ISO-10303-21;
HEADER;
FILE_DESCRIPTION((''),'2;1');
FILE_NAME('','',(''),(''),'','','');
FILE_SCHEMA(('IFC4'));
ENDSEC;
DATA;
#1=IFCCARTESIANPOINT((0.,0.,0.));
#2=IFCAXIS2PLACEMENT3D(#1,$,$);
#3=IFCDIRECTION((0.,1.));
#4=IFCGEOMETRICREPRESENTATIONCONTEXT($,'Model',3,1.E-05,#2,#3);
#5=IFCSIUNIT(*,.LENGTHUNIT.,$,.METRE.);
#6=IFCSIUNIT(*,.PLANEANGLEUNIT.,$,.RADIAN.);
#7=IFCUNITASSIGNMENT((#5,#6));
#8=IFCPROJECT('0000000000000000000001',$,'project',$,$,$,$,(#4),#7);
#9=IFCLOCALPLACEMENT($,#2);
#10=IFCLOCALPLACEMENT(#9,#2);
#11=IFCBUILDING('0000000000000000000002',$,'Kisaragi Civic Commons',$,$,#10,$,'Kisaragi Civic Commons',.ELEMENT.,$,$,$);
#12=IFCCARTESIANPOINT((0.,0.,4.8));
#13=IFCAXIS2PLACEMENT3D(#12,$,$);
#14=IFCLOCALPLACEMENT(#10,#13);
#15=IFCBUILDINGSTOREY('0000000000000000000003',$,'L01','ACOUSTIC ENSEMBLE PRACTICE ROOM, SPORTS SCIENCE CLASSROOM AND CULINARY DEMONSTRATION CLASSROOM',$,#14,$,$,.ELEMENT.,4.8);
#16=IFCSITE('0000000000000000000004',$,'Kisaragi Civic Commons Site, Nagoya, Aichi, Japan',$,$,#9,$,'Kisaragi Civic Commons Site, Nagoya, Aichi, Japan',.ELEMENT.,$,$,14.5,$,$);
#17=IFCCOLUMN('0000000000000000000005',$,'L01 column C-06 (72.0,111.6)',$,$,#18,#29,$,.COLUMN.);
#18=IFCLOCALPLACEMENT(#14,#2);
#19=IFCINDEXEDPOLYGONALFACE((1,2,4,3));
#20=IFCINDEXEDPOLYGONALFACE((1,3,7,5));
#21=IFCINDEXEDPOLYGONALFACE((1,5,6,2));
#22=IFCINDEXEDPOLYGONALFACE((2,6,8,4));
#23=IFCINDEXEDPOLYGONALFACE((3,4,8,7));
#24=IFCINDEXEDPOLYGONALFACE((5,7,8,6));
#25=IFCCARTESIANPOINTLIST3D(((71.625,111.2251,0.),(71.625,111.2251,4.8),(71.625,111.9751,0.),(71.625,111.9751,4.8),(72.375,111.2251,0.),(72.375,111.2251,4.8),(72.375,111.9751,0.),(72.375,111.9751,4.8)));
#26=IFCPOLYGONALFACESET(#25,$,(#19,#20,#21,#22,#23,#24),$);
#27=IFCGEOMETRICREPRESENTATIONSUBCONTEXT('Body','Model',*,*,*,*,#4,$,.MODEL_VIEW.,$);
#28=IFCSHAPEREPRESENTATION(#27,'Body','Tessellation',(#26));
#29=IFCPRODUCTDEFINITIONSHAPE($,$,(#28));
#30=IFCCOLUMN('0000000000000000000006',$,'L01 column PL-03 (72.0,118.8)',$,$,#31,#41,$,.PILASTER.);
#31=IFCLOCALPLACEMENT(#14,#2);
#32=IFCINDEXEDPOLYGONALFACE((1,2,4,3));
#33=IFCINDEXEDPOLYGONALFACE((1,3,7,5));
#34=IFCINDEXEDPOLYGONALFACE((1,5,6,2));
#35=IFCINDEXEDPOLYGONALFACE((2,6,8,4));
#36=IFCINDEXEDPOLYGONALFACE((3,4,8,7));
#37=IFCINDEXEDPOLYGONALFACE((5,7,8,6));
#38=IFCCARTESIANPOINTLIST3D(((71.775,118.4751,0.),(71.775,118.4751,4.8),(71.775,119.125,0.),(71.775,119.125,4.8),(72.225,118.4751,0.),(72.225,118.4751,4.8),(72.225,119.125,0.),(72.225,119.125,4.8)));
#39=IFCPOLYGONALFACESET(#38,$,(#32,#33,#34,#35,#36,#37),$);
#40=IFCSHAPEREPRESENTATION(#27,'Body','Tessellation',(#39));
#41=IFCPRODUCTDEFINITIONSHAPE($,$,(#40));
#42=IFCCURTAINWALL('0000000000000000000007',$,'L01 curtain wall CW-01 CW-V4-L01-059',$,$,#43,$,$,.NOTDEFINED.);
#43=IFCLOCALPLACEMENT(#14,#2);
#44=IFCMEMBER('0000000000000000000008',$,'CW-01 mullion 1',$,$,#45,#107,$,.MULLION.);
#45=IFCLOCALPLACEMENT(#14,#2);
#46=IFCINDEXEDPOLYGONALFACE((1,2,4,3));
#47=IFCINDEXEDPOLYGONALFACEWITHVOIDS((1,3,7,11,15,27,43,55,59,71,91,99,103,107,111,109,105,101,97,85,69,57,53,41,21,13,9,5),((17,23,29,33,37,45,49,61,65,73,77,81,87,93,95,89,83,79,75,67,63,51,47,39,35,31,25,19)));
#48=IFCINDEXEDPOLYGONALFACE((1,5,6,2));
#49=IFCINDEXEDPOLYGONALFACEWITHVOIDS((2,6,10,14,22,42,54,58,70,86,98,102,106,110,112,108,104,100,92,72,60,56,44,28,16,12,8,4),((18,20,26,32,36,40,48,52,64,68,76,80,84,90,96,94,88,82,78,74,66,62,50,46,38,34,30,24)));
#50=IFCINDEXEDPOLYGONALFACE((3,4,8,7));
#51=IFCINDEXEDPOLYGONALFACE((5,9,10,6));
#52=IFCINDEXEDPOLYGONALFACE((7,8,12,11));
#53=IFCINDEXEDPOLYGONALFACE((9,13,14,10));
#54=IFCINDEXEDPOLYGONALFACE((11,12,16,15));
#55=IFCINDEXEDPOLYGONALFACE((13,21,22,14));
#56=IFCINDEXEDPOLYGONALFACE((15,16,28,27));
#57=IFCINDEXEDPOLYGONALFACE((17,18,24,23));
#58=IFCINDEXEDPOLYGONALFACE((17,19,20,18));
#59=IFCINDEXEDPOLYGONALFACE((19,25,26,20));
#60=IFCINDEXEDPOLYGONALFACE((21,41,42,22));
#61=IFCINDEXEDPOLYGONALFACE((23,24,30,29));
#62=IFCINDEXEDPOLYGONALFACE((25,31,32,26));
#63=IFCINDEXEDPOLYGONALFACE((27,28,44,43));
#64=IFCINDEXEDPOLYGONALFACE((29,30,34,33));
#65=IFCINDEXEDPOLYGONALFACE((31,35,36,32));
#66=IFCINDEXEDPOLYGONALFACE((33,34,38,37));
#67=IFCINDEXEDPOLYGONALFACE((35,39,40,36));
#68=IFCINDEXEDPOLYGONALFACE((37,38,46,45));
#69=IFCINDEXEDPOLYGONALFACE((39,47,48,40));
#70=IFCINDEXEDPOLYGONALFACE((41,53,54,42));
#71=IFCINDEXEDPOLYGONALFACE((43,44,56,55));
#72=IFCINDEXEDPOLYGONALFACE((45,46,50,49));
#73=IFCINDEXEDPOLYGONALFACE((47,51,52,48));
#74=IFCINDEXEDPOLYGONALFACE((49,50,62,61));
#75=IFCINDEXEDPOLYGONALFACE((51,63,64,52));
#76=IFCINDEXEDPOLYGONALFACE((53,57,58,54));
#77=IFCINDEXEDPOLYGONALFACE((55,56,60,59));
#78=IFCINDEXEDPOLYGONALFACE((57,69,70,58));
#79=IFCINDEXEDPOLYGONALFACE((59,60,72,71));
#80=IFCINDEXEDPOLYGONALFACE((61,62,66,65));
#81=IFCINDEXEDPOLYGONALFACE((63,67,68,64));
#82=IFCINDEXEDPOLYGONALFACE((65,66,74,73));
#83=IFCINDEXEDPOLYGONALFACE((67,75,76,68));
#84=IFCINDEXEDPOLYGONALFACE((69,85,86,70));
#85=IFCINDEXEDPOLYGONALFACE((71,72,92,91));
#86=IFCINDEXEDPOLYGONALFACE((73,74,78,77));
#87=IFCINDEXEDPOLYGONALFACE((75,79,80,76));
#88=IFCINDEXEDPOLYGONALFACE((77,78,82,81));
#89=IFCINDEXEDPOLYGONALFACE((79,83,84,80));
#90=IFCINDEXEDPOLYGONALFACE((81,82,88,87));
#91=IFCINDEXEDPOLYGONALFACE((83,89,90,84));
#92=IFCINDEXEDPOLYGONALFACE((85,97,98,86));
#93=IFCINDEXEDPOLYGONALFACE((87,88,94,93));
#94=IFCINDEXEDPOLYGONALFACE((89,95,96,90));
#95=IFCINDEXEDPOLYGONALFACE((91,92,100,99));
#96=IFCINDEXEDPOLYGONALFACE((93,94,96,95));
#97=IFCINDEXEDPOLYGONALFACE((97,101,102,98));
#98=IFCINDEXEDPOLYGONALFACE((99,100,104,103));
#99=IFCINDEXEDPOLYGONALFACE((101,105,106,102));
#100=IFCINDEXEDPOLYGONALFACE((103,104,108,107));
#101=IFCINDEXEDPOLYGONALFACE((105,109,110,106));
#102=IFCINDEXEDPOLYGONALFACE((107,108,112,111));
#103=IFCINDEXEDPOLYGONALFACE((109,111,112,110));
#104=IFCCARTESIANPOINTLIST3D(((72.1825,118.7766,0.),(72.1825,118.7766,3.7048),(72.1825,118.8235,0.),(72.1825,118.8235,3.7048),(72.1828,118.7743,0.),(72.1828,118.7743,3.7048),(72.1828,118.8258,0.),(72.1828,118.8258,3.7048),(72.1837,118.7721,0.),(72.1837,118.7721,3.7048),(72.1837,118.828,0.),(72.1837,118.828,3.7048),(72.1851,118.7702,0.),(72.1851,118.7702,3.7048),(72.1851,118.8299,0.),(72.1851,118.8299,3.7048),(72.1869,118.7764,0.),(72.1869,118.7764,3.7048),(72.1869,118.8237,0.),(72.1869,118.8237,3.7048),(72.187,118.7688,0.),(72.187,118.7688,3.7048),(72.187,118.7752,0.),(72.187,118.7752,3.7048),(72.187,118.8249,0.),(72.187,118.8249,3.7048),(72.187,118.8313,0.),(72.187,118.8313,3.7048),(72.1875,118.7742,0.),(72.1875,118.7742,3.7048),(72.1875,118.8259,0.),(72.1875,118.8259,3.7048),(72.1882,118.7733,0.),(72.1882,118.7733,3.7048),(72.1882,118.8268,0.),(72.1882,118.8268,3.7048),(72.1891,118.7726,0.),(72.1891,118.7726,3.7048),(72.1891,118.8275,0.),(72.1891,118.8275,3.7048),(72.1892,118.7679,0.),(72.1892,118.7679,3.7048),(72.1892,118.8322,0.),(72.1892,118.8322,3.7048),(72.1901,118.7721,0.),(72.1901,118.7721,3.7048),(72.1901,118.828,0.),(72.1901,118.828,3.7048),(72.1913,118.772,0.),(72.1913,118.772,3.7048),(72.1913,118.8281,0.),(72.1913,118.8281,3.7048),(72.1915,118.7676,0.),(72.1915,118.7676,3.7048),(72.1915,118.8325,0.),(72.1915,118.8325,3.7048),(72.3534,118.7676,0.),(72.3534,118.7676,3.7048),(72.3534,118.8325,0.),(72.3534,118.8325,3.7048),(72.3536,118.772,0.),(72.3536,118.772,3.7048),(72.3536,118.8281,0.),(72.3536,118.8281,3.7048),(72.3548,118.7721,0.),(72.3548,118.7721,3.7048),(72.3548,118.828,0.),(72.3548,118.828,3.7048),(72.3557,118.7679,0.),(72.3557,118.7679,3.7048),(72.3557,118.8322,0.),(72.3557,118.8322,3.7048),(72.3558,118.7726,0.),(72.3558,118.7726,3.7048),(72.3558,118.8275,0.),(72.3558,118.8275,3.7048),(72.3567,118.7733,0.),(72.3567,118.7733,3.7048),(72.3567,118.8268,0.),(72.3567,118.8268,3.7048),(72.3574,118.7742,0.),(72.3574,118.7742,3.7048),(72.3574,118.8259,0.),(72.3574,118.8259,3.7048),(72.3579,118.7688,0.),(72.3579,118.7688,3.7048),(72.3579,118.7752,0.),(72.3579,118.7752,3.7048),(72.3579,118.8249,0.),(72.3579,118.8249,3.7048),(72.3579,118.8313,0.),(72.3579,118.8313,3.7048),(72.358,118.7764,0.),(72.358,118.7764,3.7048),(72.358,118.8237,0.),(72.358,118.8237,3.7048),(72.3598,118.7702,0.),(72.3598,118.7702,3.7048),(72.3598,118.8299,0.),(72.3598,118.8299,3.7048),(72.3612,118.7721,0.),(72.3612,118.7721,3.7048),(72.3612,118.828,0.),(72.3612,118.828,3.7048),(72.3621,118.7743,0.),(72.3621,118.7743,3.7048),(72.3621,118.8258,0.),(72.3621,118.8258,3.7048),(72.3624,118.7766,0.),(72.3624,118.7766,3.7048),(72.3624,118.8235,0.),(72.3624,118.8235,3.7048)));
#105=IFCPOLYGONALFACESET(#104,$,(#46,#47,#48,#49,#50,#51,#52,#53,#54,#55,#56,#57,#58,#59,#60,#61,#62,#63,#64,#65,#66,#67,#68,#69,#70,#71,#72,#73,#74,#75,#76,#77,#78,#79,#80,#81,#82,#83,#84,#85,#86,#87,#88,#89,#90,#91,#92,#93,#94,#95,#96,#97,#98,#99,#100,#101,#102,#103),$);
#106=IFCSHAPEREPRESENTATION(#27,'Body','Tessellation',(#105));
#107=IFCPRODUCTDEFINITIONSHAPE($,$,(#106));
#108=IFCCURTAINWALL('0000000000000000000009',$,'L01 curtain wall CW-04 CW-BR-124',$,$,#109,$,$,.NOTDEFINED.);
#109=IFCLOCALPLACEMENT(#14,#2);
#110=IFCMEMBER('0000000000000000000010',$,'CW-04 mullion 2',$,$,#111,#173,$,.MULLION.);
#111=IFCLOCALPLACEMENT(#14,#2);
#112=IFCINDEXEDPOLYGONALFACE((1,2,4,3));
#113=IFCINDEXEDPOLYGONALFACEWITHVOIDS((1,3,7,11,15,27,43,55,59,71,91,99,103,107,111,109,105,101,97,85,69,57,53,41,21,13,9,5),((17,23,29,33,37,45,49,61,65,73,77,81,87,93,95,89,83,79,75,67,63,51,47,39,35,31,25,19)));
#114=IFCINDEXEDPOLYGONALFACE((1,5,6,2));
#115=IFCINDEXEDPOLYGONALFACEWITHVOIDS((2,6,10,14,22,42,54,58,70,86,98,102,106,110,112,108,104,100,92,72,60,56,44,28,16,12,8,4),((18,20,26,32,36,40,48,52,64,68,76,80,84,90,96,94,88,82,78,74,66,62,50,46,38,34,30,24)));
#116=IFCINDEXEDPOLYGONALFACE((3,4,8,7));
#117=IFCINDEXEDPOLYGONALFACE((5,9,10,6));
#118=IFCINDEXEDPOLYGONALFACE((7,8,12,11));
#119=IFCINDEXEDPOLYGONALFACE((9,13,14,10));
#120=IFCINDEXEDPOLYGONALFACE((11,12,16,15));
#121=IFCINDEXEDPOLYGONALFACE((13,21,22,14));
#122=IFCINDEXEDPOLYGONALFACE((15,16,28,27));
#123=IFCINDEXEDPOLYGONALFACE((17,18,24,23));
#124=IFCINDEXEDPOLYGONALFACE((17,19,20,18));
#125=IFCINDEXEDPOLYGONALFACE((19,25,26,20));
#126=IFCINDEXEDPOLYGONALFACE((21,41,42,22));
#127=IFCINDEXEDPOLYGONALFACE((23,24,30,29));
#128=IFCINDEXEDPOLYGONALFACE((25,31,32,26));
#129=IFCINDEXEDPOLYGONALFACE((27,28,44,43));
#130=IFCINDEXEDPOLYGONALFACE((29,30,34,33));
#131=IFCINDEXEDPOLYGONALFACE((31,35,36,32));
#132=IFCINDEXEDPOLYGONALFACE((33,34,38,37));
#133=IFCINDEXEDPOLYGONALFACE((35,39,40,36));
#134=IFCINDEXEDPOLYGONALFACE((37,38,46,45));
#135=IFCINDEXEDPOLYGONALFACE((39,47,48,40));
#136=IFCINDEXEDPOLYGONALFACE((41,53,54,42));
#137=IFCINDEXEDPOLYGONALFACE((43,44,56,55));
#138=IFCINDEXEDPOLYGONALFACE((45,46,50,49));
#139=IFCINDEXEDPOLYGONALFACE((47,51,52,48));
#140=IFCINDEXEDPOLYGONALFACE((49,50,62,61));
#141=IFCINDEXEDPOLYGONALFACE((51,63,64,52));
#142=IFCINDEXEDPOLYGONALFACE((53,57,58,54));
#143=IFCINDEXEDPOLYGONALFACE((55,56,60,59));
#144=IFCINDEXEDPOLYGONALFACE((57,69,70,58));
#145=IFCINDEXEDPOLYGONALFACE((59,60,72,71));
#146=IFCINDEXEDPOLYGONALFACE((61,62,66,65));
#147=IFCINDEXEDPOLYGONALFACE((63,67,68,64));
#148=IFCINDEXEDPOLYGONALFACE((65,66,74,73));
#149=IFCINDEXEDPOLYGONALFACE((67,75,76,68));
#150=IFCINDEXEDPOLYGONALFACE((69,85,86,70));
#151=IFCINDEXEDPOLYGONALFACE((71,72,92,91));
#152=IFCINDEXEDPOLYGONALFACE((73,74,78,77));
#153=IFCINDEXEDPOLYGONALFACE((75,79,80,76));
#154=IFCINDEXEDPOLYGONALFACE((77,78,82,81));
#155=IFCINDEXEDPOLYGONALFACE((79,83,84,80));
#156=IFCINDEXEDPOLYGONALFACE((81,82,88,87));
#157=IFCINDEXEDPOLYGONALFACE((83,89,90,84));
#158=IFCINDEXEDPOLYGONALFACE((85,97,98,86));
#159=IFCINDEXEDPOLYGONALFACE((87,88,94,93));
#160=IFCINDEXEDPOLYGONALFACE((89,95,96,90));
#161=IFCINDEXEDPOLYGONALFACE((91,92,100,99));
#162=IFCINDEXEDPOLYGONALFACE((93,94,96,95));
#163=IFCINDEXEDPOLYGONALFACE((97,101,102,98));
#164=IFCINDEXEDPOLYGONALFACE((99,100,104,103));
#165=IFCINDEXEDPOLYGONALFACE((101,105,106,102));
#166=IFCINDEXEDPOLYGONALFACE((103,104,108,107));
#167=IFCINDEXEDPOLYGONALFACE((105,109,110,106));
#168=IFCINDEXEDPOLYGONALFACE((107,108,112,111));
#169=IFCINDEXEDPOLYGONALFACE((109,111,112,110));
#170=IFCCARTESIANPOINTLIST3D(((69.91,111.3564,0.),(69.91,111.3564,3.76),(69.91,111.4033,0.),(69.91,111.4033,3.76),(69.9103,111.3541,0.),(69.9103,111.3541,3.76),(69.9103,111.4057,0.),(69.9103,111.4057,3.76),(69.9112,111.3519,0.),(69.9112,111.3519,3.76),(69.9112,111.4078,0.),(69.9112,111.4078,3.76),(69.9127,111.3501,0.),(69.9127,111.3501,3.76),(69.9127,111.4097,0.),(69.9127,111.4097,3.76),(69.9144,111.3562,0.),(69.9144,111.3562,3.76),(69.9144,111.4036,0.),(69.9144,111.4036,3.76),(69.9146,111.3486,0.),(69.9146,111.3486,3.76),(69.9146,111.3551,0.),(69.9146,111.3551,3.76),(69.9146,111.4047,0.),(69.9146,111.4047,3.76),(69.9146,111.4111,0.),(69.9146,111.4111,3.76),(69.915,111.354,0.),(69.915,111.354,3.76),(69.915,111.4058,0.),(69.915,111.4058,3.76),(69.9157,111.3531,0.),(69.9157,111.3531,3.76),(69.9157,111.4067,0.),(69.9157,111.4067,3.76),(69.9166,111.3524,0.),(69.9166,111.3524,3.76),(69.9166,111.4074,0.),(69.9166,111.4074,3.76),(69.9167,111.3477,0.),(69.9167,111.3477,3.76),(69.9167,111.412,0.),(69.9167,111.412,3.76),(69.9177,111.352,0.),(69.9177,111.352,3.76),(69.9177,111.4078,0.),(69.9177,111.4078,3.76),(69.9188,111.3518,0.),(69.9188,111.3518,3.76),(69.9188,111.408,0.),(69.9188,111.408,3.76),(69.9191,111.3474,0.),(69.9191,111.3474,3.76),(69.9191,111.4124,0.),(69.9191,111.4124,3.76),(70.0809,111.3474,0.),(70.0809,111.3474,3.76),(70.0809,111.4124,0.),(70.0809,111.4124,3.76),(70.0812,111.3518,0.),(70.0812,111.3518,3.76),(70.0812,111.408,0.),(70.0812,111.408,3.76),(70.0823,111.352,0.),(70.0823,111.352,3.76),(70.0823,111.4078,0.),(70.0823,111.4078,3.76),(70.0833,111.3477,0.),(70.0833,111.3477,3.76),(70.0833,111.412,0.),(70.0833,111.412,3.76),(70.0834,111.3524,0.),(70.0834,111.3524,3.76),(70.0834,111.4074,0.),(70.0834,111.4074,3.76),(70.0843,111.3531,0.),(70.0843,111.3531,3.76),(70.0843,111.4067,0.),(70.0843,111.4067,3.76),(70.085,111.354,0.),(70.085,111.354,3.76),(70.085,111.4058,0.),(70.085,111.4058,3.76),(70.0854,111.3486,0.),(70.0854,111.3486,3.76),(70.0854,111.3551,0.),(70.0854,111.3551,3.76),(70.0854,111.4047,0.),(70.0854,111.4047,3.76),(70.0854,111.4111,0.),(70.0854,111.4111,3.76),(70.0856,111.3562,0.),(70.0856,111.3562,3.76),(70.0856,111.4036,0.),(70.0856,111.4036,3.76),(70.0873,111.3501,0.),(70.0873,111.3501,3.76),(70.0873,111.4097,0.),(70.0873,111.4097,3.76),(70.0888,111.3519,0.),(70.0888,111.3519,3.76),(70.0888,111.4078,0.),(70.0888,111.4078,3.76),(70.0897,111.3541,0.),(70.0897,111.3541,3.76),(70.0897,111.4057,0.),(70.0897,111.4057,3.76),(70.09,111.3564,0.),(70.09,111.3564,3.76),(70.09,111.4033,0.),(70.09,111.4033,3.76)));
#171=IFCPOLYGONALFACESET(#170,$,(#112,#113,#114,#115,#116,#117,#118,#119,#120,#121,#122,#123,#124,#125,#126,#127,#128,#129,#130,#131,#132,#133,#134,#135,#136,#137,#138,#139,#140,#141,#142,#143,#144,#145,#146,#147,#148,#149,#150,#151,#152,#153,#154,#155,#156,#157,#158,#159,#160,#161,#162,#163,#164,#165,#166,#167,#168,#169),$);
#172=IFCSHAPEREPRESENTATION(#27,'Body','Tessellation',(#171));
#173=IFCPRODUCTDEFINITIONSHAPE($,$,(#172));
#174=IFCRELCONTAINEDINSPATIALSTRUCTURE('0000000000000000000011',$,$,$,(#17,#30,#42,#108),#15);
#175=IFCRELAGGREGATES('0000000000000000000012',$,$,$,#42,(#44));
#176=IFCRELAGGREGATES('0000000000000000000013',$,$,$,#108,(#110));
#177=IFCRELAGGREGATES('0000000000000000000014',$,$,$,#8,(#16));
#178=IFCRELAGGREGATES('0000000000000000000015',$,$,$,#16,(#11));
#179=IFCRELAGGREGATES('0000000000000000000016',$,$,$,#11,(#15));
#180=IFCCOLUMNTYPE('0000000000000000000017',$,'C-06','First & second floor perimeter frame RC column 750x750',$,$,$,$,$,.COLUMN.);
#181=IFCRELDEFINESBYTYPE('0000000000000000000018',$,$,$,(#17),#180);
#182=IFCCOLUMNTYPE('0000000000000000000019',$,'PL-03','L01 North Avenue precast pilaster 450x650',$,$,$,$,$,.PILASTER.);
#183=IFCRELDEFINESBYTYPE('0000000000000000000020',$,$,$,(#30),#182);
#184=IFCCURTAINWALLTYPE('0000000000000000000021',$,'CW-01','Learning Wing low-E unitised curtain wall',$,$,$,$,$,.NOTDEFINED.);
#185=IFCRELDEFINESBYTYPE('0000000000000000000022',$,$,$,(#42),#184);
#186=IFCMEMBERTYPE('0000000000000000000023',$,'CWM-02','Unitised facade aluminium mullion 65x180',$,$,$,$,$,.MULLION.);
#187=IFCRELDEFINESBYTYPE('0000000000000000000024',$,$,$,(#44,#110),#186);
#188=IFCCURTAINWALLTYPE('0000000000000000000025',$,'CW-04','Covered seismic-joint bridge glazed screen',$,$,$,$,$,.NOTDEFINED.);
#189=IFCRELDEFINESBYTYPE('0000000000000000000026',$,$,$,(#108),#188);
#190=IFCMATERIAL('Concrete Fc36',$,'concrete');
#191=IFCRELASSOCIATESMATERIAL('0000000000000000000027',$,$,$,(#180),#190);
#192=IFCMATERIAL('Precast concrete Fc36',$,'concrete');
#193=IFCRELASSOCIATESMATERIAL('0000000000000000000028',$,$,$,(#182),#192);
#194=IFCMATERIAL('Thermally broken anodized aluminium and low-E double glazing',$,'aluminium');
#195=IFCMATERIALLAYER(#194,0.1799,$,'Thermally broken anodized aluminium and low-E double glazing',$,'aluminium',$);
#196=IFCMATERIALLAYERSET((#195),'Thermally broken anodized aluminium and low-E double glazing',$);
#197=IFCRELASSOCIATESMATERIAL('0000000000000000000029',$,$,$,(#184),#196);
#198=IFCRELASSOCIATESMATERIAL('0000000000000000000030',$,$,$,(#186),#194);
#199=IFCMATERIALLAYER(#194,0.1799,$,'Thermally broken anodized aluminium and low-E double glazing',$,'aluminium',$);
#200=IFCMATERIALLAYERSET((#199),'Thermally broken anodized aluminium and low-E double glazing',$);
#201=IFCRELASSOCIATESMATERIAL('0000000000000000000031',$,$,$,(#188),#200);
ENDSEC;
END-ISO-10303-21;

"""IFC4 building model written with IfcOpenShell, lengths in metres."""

from ifc_helpers import new_model, si_unit, direction, frame, origin, origin_2d, place, context, subcontext, project, spatial, rectangle, hollow_rectangle, extrude, material, layer, layer_set, material_profile, profile_set, type_object, element, aggregate, save


model = new_model("IFC4")

# Units and contexts
model_context = context("Model", 3, precision=1e-05, world=origin(), true_north=direction((0.0, 1.0)))
body_context = subcontext(model_context, "Body", "Model", "MODEL_VIEW")
ifc_project = project(units=[si_unit("LENGTHUNIT", "METRE"), si_unit("PLANEANGLEUNIT", "RADIAN")], contexts=[model_context])

# Site, building, storey
site_placement = place(None, origin())
site = spatial("IfcSite", under=ifc_project, at=site_placement, Name="Kisaragi Civic Commons Site, Nagoya, Aichi, Japan", LongName="Kisaragi Civic Commons Site, Nagoya, Aichi, Japan", CompositionType="ELEMENT", RefElevation=14.5)
building_placement = place(site_placement, origin())
building = spatial("IfcBuilding", under=site, at=building_placement, Name="Kisaragi Civic Commons", LongName="Kisaragi Civic Commons", CompositionType="ELEMENT")
storey_placement = place(building_placement, frame((0.0, 0.0, 4.8)))
storey = spatial("IfcBuildingStorey", under=building, at=storey_placement, Name="L01", Description="ACOUSTIC ENSEMBLE PRACTICE ROOM, SPORTS SCIENCE CLASSROOM AND CULINARY DEMONSTRATION CLASSROOM", CompositionType="ELEMENT", Elevation=4.8)

# Columns
ifc_material_1 = material(Name="Concrete Fc36", Category="concrete")
ifc_material_profile_1 = material_profile(ifc_material_1, rectangle(XDim=0.75, YDim=0.75, at=origin_2d()), Name="RC-750x750", Category="concrete")
ifc_profile_set_1 = profile_set([ifc_material_profile_1], Name="Concrete Fc36")
column_type_1 = type_object("IfcColumnType", Name="C-06", Description="First & second floor perimeter frame RC column 750x750", PredefinedType="COLUMN", material=ifc_profile_set_1)
column_1_placement = place(storey_placement, frame((72.0, 111.6001, 0.0), z_axis=(0.0, 0.0, 1.0), x_axis=(1.0, 0.0, 0.0)))
element("IfcColumn", 1, at=column_1_placement, inside=storey, type_object=column_type_1, Name="L01 column C-06 (72.0,111.6)", PredefinedType="COLUMN", context=body_context, shape_type="SweptSolid", body=[
    extrude(rectangle(XDim=0.75, YDim=0.75, at=origin_2d()), origin(), (0.0, 0.0, 1.0), 4.8),
])
ifc_material_2 = material(Name="Precast concrete Fc36", Category="concrete")
ifc_material_profile_2 = material_profile(ifc_material_2, rectangle(XDim=0.45, YDim=0.6499, at=origin_2d()), Name="RC-450x650", Category="concrete")
ifc_profile_set_2 = profile_set([ifc_material_profile_2], Name="Precast concrete Fc36")
column_type_2 = type_object("IfcColumnType", Name="PL-03", Description="L01 North Avenue precast pilaster 450x650", PredefinedType="PILASTER", material=ifc_profile_set_2)
column_2_placement = place(storey_placement, frame((72.0, 118.8, 0.0), z_axis=(0.0, 0.0, 1.0), x_axis=(1.0, 0.0, 0.0)))
element("IfcColumn", 2, at=column_2_placement, inside=storey, type_object=column_type_2, Name="L01 column PL-03 (72.0,118.8)", PredefinedType="PILASTER", context=body_context, shape_type="SweptSolid", body=[
    extrude(rectangle(XDim=0.45, YDim=0.6499, at=origin_2d()), origin(), (0.0, 0.0, 1.0), 4.8),
])

# Curtain wall, member
ifc_material_3 = material(Name="Thermally broken anodized aluminium and low-E double glazing", Category="aluminium")
ifc_layer_1 = layer(ifc_material_3, 0.1799, Name="Thermally broken anodized aluminium and low-E double glazing", Category="aluminium")
ifc_layer_set_1 = layer_set([ifc_layer_1], Name="Thermally broken anodized aluminium and low-E double glazing")
curtain_wall_type_1 = type_object("IfcCurtainWallType", Name="CW-01", Description="Learning Wing low-E unitised curtain wall", PredefinedType="NOTDEFINED", material=ifc_layer_set_1)
curtain_wall_1_placement = place(storey_placement, origin())
curtain_wall_1 = element("IfcCurtainWall", 3, at=curtain_wall_1_placement, inside=storey, type_object=curtain_wall_type_1, Name="L01 curtain wall CW-01 CW-V4-L01-059", PredefinedType="NOTDEFINED")
ifc_material_profile_3 = material_profile(ifc_material_3, hollow_rectangle(XDim=0.0649, YDim=0.1799, WallThickness=0.0044, InnerFilletRadius=0.0044, OuterFilletRadius=0.009, at=origin_2d()), Name="CWM-65x180x4.5", Category="aluminium")
ifc_profile_set_3 = profile_set([ifc_material_profile_3], Name="Thermally broken anodized aluminium and low-E double glazing")
member_type_1 = type_object("IfcMemberType", Name="CWM-02", Description="Unitised facade aluminium mullion 65x180", PredefinedType="MULLION", material=ifc_profile_set_3)
member_1_placement = place(storey_placement, frame((72.2725, 118.8, 0.0), z_axis=(0.0, 0.0, 1.0), x_axis=(0.0, 1.0, 0.0)))
member_1 = element("IfcMember", 4, at=member_1_placement, type_object=member_type_1, Name="CW-01 mullion 1", PredefinedType="MULLION", context=body_context, shape_type="SweptSolid", body=[
    extrude(hollow_rectangle(XDim=0.0649, YDim=0.1799, WallThickness=0.0044, InnerFilletRadius=0.0044, OuterFilletRadius=0.009, at=origin_2d()), origin(), (0.0, 0.0, 1.0), 3.7048),
])

# Curtain wall, member
ifc_layer_2 = layer(ifc_material_3, 0.1799, Name="Thermally broken anodized aluminium and low-E double glazing", Category="aluminium")
ifc_layer_set_2 = layer_set([ifc_layer_2], Name="Thermally broken anodized aluminium and low-E double glazing")
curtain_wall_type_2 = type_object("IfcCurtainWallType", Name="CW-04", Description="Covered seismic-joint bridge glazed screen", PredefinedType="NOTDEFINED", material=ifc_layer_set_2)
curtain_wall_2_placement = place(storey_placement, origin())
curtain_wall_2 = element("IfcCurtainWall", 5, at=curtain_wall_2_placement, inside=storey, type_object=curtain_wall_type_2, Name="L01 curtain wall CW-04 CW-BR-124", PredefinedType="NOTDEFINED")
member_2_placement = place(storey_placement, frame((70.0, 111.3799, 0.0), z_axis=(0.0, 0.0, 1.0), x_axis=(0.0, 1.0, 0.0)))
member_2 = element("IfcMember", 6, at=member_2_placement, type_object=member_type_1, Name="CW-04 mullion 2", PredefinedType="MULLION", context=body_context, shape_type="SweptSolid", body=[
    extrude(hollow_rectangle(XDim=0.0649, YDim=0.1799, WallThickness=0.0044, InnerFilletRadius=0.0044, OuterFilletRadius=0.009, at=origin_2d()), origin(), (0.0, 0.0, 1.0), 3.76),
])

aggregate(curtain_wall_1, [member_1])

aggregate(curtain_wall_2, [member_2])

save(model, "model.ifc")
